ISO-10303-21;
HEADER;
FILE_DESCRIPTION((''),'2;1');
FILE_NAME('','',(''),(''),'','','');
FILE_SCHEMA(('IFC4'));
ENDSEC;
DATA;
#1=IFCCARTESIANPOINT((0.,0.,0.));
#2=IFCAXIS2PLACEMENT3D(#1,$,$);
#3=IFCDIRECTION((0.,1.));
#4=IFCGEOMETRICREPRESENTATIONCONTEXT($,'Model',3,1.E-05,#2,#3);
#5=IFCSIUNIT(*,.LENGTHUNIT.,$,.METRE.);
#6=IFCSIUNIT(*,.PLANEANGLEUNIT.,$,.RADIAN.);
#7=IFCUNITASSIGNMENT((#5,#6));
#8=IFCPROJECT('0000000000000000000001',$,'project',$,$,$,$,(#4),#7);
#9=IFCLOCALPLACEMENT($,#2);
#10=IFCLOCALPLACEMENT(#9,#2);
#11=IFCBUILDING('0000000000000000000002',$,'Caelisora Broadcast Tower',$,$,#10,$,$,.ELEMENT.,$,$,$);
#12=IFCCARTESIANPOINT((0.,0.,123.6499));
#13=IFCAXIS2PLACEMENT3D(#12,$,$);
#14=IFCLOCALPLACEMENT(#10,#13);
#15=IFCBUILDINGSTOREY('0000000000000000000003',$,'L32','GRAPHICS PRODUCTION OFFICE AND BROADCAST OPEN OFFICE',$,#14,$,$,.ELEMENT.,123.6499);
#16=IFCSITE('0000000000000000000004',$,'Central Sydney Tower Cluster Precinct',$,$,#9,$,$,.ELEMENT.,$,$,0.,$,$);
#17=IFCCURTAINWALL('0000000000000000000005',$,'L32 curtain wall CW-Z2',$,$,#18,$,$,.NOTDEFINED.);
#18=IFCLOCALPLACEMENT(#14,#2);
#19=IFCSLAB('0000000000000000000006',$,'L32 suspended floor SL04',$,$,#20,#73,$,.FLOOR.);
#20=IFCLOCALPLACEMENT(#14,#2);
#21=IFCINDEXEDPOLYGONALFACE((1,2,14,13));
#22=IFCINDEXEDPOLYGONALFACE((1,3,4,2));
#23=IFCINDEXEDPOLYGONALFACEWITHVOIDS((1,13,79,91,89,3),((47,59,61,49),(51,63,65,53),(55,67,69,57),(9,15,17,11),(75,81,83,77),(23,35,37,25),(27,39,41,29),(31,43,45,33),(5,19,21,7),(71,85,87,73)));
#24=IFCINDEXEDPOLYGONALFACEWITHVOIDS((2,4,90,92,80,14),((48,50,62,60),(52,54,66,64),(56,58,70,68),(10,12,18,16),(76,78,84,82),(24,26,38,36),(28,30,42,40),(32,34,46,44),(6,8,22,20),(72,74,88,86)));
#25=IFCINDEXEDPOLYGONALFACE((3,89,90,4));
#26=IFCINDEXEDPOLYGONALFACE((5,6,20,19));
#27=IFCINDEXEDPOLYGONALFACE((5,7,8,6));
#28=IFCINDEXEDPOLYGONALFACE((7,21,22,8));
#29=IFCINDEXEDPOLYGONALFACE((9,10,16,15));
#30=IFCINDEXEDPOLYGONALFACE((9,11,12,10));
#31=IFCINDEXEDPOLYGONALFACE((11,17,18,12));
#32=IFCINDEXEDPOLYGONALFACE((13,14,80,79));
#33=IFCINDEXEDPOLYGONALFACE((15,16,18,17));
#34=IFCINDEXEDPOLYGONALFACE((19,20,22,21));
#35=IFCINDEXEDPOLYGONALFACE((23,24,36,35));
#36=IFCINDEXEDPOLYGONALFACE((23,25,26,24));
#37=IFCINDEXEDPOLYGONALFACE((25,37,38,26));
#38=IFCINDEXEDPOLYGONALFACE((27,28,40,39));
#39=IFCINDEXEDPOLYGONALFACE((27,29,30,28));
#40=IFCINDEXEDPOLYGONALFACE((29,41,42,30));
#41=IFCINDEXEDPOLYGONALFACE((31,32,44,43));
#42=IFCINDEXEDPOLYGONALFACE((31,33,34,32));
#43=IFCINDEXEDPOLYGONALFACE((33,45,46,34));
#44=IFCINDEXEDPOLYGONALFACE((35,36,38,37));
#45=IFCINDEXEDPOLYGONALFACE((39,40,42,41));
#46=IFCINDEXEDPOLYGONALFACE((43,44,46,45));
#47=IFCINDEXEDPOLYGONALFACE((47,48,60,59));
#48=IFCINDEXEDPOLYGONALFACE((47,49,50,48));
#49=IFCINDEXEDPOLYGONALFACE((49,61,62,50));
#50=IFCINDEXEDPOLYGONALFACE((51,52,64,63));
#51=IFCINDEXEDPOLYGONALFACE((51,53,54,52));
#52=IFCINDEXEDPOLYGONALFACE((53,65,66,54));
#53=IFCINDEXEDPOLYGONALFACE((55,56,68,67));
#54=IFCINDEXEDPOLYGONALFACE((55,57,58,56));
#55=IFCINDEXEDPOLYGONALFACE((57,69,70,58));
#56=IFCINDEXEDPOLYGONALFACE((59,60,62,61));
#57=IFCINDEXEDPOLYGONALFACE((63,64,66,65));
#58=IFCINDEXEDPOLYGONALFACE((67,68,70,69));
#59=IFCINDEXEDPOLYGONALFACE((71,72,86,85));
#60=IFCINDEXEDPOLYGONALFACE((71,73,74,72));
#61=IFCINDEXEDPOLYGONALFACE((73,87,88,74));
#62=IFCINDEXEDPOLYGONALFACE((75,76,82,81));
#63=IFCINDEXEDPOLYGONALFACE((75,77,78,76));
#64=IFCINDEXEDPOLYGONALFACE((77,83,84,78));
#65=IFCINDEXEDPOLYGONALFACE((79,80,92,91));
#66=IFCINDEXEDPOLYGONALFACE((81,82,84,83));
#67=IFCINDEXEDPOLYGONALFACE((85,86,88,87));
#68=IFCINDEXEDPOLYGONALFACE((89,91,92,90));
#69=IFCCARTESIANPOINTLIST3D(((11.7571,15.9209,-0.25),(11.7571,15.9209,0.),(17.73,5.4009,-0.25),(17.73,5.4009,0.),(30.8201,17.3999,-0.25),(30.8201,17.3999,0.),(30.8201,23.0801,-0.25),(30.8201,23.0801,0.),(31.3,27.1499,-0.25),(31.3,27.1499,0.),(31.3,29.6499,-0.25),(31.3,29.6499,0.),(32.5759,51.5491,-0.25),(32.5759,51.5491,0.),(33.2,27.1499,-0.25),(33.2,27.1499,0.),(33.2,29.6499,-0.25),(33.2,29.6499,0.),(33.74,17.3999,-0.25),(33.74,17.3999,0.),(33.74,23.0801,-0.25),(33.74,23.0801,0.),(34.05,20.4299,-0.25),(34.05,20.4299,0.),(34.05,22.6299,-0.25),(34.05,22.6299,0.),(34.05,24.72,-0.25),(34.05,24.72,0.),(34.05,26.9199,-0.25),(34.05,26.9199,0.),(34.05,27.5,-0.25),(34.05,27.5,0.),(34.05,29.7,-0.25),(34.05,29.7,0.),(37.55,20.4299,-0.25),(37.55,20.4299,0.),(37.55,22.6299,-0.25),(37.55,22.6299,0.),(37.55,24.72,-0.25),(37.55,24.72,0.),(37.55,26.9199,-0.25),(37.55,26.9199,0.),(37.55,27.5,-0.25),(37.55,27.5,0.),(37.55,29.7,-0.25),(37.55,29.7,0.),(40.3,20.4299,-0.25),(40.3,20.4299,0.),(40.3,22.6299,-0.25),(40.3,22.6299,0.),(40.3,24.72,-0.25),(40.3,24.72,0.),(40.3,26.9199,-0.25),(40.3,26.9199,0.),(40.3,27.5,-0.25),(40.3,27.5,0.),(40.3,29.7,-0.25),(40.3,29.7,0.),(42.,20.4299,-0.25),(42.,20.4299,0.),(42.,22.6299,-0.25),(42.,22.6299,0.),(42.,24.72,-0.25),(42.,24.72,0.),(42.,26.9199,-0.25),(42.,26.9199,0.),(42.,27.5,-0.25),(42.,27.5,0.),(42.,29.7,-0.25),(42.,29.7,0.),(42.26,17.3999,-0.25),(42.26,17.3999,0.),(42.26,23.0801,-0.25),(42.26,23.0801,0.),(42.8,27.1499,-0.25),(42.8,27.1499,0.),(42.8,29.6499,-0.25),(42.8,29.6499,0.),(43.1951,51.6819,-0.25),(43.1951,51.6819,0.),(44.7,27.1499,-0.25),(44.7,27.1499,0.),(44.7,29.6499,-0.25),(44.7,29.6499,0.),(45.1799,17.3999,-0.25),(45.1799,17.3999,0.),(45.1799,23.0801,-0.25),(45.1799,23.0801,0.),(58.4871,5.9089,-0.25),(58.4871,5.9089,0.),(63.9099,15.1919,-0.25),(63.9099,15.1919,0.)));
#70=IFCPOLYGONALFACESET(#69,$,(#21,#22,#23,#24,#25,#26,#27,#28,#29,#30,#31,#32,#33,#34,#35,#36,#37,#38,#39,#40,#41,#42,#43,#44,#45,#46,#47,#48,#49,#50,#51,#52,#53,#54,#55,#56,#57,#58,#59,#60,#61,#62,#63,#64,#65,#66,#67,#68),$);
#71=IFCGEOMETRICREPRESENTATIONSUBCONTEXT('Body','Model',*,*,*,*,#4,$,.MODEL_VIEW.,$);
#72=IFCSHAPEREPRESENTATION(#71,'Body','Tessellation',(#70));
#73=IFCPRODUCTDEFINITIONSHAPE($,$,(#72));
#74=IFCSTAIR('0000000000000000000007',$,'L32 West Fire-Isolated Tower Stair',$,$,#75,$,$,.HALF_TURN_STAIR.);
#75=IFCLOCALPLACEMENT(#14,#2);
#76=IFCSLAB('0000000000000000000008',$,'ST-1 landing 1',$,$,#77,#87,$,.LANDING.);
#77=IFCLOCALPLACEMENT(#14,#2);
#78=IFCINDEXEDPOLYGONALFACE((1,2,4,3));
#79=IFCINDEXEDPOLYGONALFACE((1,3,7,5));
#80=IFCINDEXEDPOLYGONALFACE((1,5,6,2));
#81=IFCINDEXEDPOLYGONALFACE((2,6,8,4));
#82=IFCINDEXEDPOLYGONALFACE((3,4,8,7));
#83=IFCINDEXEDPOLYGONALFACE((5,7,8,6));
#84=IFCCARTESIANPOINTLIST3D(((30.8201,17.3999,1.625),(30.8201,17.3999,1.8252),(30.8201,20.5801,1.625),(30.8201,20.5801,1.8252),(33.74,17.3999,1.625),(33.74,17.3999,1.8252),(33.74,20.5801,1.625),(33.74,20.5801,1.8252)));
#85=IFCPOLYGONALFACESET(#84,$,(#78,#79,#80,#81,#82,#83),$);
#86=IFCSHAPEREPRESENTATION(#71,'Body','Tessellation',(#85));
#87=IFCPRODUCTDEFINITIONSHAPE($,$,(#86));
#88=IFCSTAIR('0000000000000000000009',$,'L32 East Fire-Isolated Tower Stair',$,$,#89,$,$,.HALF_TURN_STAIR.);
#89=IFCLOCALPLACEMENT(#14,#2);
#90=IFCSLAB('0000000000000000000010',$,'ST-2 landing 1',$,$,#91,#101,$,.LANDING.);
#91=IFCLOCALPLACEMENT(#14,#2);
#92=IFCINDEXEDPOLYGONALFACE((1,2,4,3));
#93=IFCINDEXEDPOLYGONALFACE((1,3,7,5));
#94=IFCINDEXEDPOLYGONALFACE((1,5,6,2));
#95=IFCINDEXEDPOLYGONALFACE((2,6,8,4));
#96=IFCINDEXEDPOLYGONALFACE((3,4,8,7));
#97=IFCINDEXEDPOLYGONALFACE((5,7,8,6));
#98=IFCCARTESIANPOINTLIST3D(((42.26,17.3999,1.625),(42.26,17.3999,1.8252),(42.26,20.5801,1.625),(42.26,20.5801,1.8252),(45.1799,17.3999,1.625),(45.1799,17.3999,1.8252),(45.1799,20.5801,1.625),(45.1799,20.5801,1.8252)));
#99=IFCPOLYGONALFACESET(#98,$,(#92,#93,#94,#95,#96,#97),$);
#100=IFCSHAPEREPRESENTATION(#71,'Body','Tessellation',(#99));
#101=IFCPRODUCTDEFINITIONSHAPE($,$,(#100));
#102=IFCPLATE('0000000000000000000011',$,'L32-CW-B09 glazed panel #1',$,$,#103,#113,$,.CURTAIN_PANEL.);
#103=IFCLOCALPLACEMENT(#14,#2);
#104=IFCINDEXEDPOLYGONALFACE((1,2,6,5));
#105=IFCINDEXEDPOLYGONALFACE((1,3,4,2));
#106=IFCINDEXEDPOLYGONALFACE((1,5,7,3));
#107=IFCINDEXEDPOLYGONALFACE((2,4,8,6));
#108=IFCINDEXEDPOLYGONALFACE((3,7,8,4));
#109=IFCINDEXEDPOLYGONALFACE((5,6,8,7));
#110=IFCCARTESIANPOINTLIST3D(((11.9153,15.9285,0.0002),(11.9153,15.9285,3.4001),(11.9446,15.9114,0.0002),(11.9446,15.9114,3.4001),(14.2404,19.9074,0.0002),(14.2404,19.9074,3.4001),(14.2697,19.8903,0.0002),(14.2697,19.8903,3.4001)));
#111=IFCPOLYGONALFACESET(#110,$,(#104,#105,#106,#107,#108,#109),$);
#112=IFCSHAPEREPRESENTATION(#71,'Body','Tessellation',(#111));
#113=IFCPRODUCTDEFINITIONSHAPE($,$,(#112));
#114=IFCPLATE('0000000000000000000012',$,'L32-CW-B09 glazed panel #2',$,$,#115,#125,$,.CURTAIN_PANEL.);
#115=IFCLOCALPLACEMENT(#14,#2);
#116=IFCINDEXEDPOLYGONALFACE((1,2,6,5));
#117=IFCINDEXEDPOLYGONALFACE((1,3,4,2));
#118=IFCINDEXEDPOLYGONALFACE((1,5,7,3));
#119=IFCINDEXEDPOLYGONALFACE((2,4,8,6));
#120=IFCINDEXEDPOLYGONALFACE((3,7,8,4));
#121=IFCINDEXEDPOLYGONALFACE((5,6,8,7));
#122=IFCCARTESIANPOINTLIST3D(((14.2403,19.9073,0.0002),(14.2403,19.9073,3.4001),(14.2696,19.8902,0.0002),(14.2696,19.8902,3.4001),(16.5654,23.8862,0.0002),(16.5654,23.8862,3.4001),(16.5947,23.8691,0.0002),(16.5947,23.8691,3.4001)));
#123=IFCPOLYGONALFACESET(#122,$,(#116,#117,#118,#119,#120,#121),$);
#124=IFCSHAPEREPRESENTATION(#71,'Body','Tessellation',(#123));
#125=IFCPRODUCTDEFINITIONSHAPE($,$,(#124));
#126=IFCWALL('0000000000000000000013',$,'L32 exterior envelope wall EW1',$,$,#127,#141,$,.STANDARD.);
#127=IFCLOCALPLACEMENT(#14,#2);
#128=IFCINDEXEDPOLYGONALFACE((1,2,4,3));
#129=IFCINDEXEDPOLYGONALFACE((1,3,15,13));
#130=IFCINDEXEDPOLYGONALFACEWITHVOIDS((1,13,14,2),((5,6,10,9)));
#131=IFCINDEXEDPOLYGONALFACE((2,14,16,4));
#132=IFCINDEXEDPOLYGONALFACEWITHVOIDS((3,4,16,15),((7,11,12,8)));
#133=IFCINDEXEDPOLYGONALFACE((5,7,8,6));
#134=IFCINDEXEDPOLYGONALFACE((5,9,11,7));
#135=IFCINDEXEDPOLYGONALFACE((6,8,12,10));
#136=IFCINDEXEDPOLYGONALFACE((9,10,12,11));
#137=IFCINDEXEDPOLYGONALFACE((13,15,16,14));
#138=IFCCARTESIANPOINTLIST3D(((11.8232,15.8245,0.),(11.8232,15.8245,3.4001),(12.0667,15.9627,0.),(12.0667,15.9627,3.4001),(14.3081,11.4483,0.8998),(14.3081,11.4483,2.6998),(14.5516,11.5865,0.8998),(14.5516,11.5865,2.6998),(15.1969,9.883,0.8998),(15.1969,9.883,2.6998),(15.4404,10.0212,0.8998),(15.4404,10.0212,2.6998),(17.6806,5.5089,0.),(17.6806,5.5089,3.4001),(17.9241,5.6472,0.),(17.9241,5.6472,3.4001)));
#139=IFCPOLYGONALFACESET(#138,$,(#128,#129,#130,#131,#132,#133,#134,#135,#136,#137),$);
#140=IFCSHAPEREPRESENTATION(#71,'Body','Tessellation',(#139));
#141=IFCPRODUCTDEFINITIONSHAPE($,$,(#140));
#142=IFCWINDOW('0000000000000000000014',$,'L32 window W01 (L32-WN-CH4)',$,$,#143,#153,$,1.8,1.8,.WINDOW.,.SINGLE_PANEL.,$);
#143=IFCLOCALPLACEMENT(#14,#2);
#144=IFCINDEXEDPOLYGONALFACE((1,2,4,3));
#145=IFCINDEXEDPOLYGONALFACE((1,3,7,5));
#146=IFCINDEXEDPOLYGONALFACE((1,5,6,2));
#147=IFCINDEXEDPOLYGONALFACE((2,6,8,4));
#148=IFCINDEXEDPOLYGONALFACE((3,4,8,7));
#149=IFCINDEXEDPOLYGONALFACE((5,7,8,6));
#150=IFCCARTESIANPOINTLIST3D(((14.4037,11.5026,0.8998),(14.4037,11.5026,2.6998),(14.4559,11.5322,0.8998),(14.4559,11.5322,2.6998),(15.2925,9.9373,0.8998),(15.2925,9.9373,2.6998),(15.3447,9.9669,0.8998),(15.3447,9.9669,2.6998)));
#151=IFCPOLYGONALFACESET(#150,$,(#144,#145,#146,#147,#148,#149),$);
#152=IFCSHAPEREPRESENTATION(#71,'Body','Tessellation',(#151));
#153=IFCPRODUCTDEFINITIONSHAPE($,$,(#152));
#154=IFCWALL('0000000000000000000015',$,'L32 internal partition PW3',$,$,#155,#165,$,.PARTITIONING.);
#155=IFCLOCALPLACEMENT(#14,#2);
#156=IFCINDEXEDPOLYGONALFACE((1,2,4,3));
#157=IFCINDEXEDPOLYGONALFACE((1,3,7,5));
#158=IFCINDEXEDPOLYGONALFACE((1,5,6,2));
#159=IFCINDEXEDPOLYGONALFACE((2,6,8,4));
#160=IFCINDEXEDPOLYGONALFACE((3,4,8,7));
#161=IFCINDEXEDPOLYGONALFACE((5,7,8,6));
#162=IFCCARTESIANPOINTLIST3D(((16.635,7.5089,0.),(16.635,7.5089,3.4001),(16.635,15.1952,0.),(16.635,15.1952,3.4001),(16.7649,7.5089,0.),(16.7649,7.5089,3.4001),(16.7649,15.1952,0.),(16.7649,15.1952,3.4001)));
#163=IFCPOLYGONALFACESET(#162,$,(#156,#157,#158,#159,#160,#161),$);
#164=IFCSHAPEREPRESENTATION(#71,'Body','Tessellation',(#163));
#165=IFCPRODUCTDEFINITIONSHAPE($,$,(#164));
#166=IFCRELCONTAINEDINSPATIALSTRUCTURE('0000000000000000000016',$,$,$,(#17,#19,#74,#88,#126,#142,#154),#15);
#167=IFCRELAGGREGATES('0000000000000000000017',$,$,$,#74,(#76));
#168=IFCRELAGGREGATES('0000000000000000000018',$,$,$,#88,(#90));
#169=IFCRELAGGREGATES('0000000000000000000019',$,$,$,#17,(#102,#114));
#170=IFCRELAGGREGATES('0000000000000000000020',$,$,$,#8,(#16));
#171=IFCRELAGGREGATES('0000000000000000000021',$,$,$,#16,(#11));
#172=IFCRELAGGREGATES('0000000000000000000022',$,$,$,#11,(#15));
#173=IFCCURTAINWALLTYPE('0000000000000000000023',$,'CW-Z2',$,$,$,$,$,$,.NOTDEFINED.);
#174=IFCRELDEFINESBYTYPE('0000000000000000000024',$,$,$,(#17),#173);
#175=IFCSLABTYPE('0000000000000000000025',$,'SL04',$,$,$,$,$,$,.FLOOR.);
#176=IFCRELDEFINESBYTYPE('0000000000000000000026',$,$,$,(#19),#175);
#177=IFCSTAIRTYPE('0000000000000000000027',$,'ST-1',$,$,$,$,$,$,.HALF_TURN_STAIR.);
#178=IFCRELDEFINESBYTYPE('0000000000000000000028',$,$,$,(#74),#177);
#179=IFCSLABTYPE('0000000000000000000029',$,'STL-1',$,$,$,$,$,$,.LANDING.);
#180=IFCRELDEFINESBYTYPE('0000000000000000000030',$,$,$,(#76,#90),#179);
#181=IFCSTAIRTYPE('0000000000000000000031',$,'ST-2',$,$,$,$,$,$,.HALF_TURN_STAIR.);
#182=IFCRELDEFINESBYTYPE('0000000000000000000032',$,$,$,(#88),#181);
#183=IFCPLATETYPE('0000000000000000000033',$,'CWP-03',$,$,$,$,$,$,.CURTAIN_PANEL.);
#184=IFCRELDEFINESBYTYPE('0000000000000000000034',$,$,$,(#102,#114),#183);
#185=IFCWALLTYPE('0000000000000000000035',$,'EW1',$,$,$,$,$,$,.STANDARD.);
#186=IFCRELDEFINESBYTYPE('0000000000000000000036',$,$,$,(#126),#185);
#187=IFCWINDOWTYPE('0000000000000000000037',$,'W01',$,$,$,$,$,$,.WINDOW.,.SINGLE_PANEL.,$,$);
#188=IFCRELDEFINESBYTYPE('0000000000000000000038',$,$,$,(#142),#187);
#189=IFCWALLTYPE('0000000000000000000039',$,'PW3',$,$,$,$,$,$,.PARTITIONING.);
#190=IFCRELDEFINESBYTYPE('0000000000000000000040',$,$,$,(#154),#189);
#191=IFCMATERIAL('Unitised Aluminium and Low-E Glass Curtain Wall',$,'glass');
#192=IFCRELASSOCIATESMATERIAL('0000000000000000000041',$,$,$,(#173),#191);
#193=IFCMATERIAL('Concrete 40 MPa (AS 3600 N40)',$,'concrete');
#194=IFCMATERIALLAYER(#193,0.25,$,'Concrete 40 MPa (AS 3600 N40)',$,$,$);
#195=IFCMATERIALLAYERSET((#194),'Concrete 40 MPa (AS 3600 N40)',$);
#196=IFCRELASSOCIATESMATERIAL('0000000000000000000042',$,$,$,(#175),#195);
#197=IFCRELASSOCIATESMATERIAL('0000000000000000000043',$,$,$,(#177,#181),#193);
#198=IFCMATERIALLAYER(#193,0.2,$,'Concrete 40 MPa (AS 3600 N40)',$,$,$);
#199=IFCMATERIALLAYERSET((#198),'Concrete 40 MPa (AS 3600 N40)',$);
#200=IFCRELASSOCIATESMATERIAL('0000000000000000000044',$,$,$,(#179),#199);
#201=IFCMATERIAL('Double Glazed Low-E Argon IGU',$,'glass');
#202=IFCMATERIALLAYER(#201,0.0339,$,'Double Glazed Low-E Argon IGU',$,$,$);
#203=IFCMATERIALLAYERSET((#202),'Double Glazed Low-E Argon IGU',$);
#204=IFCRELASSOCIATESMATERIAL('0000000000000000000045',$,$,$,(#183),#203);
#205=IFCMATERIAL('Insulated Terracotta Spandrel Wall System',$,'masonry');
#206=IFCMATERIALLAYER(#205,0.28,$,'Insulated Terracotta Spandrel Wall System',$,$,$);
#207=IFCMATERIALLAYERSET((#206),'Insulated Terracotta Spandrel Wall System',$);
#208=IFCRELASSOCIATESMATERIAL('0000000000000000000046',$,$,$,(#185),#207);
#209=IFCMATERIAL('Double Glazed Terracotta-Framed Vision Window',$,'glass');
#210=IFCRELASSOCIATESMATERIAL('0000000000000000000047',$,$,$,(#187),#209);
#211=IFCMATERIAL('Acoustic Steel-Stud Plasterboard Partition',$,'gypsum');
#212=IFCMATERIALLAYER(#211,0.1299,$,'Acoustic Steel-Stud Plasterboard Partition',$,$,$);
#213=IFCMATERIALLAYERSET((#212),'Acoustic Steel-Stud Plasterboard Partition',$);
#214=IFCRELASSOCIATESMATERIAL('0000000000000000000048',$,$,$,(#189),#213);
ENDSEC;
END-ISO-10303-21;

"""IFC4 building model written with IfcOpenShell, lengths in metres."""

from ifc_helpers import new_model, si_unit, direction, frame, frame_2d, origin, origin_2d, place, context, subcontext, project, spatial, polyline, rectangle, outline, extrude, source, transform, mapped, material, layer, layer_set, type_object, type_shapes, element, fill, aggregate, save


model = new_model("IFC4")

# Units and contexts
model_context = context("Model", 3, precision=1e-05, world=origin(), true_north=direction((0.0, 1.0)))
body_context = subcontext(model_context, "Body", "Model", "MODEL_VIEW")
ifc_project = project(units=[si_unit("LENGTHUNIT", "METRE"), si_unit("PLANEANGLEUNIT", "RADIAN")], contexts=[model_context])

# Site, building, storey
site_placement = place(None, origin())
site = spatial("IfcSite", under=ifc_project, at=site_placement, Name="Central Sydney Tower Cluster Precinct", CompositionType="ELEMENT", RefElevation=0.0)
building_placement = place(site_placement, origin())
building = spatial("IfcBuilding", under=site, at=building_placement, Name="Caelisora Broadcast Tower", CompositionType="ELEMENT")
storey_placement = place(building_placement, frame((0.0, 0.0, 123.6499)))
storey = spatial("IfcBuildingStorey", under=building, at=storey_placement, Name="L32", Description="GRAPHICS PRODUCTION OFFICE AND BROADCAST OPEN OFFICE", CompositionType="ELEMENT", Elevation=123.6499)

# Curtain wall
ifc_material_1 = material(Name="Unitised Aluminium and Low-E Glass Curtain Wall", Category="glass")
curtain_wall_type = type_object("IfcCurtainWallType", Name="CW-Z2", PredefinedType="NOTDEFINED", material=ifc_material_1)
curtain_wall_placement = place(storey_placement, origin())
curtain_wall = element("IfcCurtainWall", 1, at=curtain_wall_placement, inside=storey, type_object=curtain_wall_type, Name="L32 curtain wall CW-Z2", PredefinedType="NOTDEFINED")

# Slab
ifc_material_2 = material(Name="Concrete 40 MPa (AS 3600 N40)", Category="concrete")
ifc_layer_1 = layer(ifc_material_2, 0.25, Name="Concrete 40 MPa (AS 3600 N40)")
ifc_layer_set_1 = layer_set([ifc_layer_1], Name="Concrete 40 MPa (AS 3600 N40)")
slab_type_1 = type_object("IfcSlabType", Name="SL04", PredefinedType="FLOOR", material=ifc_layer_set_1)
slab_1_placement = place(storey_placement, frame((0.0, 0.0, -0.25)))
element("IfcSlab", 2, at=slab_1_placement, inside=storey, type_object=slab_type_1, Name="L32 suspended floor SL04", PredefinedType="FLOOR", context=body_context, shape_type="SweptSolid", body=[
    extrude(outline(polyline([(43.1951, 51.6819), (32.5759, 51.5491), (11.7571, 15.9209), (17.73, 5.4009), (58.4871, 5.9089), (63.9099, 15.1919), (43.1951, 51.6819)]), holes=[polyline([(30.8201, 17.3999), (33.74, 17.3999), (33.74, 23.0801), (30.8201, 23.0801), (30.8201, 17.3999)]), polyline([(42.26, 17.3999), (45.1799, 17.3999), (45.1799, 23.0801), (42.26, 23.0801), (42.26, 17.3999)]), polyline([(42.8, 27.1499), (44.7, 27.1499), (44.7, 29.6499), (42.8, 29.6499), (42.8, 27.1499)]), polyline([(40.3, 20.4299), (42.0, 20.4299), (42.0, 22.6299), (40.3, 22.6299), (40.3, 20.4299)]), polyline([(40.3, 24.72), (42.0, 24.72), (42.0, 26.9199), (40.3, 26.9199), (40.3, 24.72)]), polyline([(40.3, 27.5), (42.0, 27.5), (42.0, 29.7), (40.3, 29.7), (40.3, 27.5)]), polyline([(34.05, 20.4299), (37.55, 20.4299), (37.55, 22.6299), (34.05, 22.6299), (34.05, 20.4299)]), polyline([(34.05, 24.72), (37.55, 24.72), (37.55, 26.9199), (34.05, 26.9199), (34.05, 24.72)]), polyline([(34.05, 27.5), (37.55, 27.5), (37.55, 29.7), (34.05, 29.7), (34.05, 27.5)]), polyline([(31.3, 27.1499), (33.2, 27.1499), (33.2, 29.6499), (31.3, 29.6499), (31.3, 27.1499)])]), origin(), (0.0, 0.0, 1.0), 0.25),
])

# Stairs, slabs
stair_type_1 = type_object("IfcStairType", Name="ST-1", PredefinedType="HALF_TURN_STAIR", material=ifc_material_2)
stair_1_placement = place(storey_placement, origin())
stair_1 = element("IfcStair", 3, at=stair_1_placement, inside=storey, type_object=stair_type_1, Name="L32 West Fire-Isolated Tower Stair", PredefinedType="HALF_TURN_STAIR")
ifc_layer_2 = layer(ifc_material_2, 0.2, Name="Concrete 40 MPa (AS 3600 N40)")
ifc_layer_set_2 = layer_set([ifc_layer_2], Name="Concrete 40 MPa (AS 3600 N40)")
slab_type_2 = type_object("IfcSlabType", Name="STL-1", PredefinedType="LANDING", material=ifc_layer_set_2)
slab_2_placement = place(storey_placement, frame((0.0, 0.0, 1.625)))
slab_2 = element("IfcSlab", 4, at=slab_2_placement, type_object=slab_type_2, Name="ST-1 landing 1", PredefinedType="LANDING", context=body_context, shape_type="SweptSolid", body=[
    extrude(outline(polyline([(30.8201, 20.5801), (30.8201, 17.3999), (33.74, 17.3999), (33.74, 20.5801), (30.8201, 20.5801)])), origin(), (0.0, 0.0, 1.0), 0.2002),
])
aggregate(stair_1, [slab_2])
stair_type_2 = type_object("IfcStairType", Name="ST-2", PredefinedType="HALF_TURN_STAIR", material=ifc_material_2)
stair_2_placement = place(storey_placement, origin())
stair_2 = element("IfcStair", 5, at=stair_2_placement, inside=storey, type_object=stair_type_2, Name="L32 East Fire-Isolated Tower Stair", PredefinedType="HALF_TURN_STAIR")
slab_3_placement = place(storey_placement, frame((0.0, 0.0, 1.625)))
slab_3 = element("IfcSlab", 6, at=slab_3_placement, type_object=slab_type_2, Name="ST-2 landing 1", PredefinedType="LANDING", context=body_context, shape_type="SweptSolid", body=[
    extrude(outline(polyline([(42.26, 20.5801), (42.26, 17.3999), (45.1799, 17.3999), (45.1799, 20.5801), (42.26, 20.5801)])), origin(), (0.0, 0.0, 1.0), 0.2002),
])
aggregate(stair_2, [slab_3])

# Plates
ifc_material_3 = material(Name="Double Glazed Low-E Argon IGU", Category="glass")
ifc_layer_3 = layer(ifc_material_3, 0.0339, Name="Double Glazed Low-E Argon IGU")
ifc_layer_set_3 = layer_set([ifc_layer_3], Name="Double Glazed Low-E Argon IGU")
plate_type = type_object("IfcPlateType", Name="CWP-03", PredefinedType="CURTAIN_PANEL", material=ifc_layer_set_3)
shared_shape_1 = source(origin(), body_context, "Body", "SweptSolid", [
    extrude(rectangle(XDim=4.6084, YDim=0.0339, at=origin_2d()), origin(), (0.0, 0.0, 1.0), 3.3999),
])
type_shapes(plate_type, [shared_shape_1])
plate_1_placement = place(storey_placement, frame((13.0925, 17.9094, 0.0002), z_axis=(0.0, 0.0, 1.0), x_axis=(0.504528, 0.863396, 0.0)))
plate_1 = element("IfcPlate", 7, at=plate_1_placement, type_object=plate_type, Name="L32-CW-B09 glazed panel #1", PredefinedType="CURTAIN_PANEL", context=body_context, shape_type="MappedRepresentation", body=[
    mapped(shared_shape_1, transform((0.0, 0.0, 0.0), scale=1.0)),
])
plate_2_placement = place(storey_placement, frame((15.4175, 21.8882, 0.0002), z_axis=(0.0, 0.0, 1.0), x_axis=(0.504528, 0.863396, 0.0)))
plate_2 = element("IfcPlate", 8, at=plate_2_placement, type_object=plate_type, Name="L32-CW-B09 glazed panel #2", PredefinedType="CURTAIN_PANEL", context=body_context, shape_type="MappedRepresentation", body=[
    mapped(shared_shape_1, transform((0.0, 0.0, 0.0), scale=1.0)),
])
aggregate(curtain_wall, [plate_1, plate_2])

# Wall, opening, window
ifc_material_4 = material(Name="Insulated Terracotta Spandrel Wall System", Category="masonry")
ifc_layer_4 = layer(ifc_material_4, 0.28, Name="Insulated Terracotta Spandrel Wall System")
ifc_layer_set_4 = layer_set([ifc_layer_4], Name="Insulated Terracotta Spandrel Wall System")
wall_type_1 = type_object("IfcWallType", Name="EW1", PredefinedType="STANDARD", material=ifc_layer_set_4)
wall_1_placement = place(storey_placement, frame((17.8022, 5.5781, 0.0), z_axis=(0.0, 0.0, 1.0), x_axis=(-0.49377, 0.869593, 0.0)))
wall_1 = element("IfcWall", 9, at=wall_1_placement, inside=storey, type_object=wall_type_1, Name="L32 exterior envelope wall EW1", PredefinedType="STANDARD", context=body_context, shape_type="SweptSolid", body=[
    extrude(rectangle(XDim=11.8625, YDim=0.28, at=frame_2d((5.9312, 0.0))), origin(), (0.0, 0.0, 1.0), 3.4001),
])
opening_1_placement = place(wall_1_placement, frame((5.03, 0.0, 0.8999)))
opening_1 = element("IfcOpeningElement", 10, at=opening_1_placement, cuts=wall_1, PredefinedType="OPENING", context=body_context, shape_type="SweptSolid", body=[
    extrude(rectangle(XDim=1.8, YDim=1.8, at=frame_2d((0.8999, 0.8999))), frame((0.0, 0.1521, 0.0), z_axis=(0.0, -1.0, 0.0), x_axis=(1.0, 0.0, 0.0)), (0.0, 0.0, 1.0), 0.304),
])
ifc_material_5 = material(Name="Double Glazed Terracotta-Framed Vision Window", Category="glass")
window_type = type_object("IfcWindowType", Name="W01", PartitioningType="SINGLE_PANEL", PredefinedType="WINDOW", material=ifc_material_5)
window_placement = place(opening_1_placement, origin())
window = element("IfcWindow", 11, at=window_placement, inside=storey, type_object=window_type, Name="L32 window W01 (L32-WN-CH4)", OverallHeight=1.8, OverallWidth=1.8, PartitioningType="SINGLE_PANEL", PredefinedType="WINDOW", context=body_context, shape_type="SweptSolid", body=[
    extrude(rectangle(XDim=1.8, YDim=1.8, at=frame_2d((0.8999, 0.8999))), frame((0.0, 0.03, 0.0), z_axis=(0.0, -1.0, 0.0), x_axis=(1.0, 0.0, 0.0)), (0.0, 0.0, 1.0), 0.0601),
])
fill(opening_1, window)

# Wall
ifc_material_6 = material(Name="Acoustic Steel-Stud Plasterboard Partition", Category="gypsum")
ifc_layer_5 = layer(ifc_material_6, 0.1299, Name="Acoustic Steel-Stud Plasterboard Partition")
ifc_layer_set_5 = layer_set([ifc_layer_5], Name="Acoustic Steel-Stud Plasterboard Partition")
wall_type_2 = type_object("IfcWallType", Name="PW3", PredefinedType="PARTITIONING", material=ifc_layer_set_5)
wall_2_placement = place(storey_placement, frame((16.7, 7.5088, 0.0), z_axis=(0.0, 0.0, 1.0), x_axis=(0.0, 1.0, 0.0)))
element("IfcWall", 12, at=wall_2_placement, inside=storey, type_object=wall_type_2, Name="L32 internal partition PW3", PredefinedType="PARTITIONING", context=body_context, shape_type="SweptSolid", body=[
    extrude(rectangle(XDim=7.6863, YDim=0.1299, at=frame_2d((3.8433, 0.0))), origin(), (0.0, 0.0, 1.0), 3.4001),
])

save(model, "model.ifc")
